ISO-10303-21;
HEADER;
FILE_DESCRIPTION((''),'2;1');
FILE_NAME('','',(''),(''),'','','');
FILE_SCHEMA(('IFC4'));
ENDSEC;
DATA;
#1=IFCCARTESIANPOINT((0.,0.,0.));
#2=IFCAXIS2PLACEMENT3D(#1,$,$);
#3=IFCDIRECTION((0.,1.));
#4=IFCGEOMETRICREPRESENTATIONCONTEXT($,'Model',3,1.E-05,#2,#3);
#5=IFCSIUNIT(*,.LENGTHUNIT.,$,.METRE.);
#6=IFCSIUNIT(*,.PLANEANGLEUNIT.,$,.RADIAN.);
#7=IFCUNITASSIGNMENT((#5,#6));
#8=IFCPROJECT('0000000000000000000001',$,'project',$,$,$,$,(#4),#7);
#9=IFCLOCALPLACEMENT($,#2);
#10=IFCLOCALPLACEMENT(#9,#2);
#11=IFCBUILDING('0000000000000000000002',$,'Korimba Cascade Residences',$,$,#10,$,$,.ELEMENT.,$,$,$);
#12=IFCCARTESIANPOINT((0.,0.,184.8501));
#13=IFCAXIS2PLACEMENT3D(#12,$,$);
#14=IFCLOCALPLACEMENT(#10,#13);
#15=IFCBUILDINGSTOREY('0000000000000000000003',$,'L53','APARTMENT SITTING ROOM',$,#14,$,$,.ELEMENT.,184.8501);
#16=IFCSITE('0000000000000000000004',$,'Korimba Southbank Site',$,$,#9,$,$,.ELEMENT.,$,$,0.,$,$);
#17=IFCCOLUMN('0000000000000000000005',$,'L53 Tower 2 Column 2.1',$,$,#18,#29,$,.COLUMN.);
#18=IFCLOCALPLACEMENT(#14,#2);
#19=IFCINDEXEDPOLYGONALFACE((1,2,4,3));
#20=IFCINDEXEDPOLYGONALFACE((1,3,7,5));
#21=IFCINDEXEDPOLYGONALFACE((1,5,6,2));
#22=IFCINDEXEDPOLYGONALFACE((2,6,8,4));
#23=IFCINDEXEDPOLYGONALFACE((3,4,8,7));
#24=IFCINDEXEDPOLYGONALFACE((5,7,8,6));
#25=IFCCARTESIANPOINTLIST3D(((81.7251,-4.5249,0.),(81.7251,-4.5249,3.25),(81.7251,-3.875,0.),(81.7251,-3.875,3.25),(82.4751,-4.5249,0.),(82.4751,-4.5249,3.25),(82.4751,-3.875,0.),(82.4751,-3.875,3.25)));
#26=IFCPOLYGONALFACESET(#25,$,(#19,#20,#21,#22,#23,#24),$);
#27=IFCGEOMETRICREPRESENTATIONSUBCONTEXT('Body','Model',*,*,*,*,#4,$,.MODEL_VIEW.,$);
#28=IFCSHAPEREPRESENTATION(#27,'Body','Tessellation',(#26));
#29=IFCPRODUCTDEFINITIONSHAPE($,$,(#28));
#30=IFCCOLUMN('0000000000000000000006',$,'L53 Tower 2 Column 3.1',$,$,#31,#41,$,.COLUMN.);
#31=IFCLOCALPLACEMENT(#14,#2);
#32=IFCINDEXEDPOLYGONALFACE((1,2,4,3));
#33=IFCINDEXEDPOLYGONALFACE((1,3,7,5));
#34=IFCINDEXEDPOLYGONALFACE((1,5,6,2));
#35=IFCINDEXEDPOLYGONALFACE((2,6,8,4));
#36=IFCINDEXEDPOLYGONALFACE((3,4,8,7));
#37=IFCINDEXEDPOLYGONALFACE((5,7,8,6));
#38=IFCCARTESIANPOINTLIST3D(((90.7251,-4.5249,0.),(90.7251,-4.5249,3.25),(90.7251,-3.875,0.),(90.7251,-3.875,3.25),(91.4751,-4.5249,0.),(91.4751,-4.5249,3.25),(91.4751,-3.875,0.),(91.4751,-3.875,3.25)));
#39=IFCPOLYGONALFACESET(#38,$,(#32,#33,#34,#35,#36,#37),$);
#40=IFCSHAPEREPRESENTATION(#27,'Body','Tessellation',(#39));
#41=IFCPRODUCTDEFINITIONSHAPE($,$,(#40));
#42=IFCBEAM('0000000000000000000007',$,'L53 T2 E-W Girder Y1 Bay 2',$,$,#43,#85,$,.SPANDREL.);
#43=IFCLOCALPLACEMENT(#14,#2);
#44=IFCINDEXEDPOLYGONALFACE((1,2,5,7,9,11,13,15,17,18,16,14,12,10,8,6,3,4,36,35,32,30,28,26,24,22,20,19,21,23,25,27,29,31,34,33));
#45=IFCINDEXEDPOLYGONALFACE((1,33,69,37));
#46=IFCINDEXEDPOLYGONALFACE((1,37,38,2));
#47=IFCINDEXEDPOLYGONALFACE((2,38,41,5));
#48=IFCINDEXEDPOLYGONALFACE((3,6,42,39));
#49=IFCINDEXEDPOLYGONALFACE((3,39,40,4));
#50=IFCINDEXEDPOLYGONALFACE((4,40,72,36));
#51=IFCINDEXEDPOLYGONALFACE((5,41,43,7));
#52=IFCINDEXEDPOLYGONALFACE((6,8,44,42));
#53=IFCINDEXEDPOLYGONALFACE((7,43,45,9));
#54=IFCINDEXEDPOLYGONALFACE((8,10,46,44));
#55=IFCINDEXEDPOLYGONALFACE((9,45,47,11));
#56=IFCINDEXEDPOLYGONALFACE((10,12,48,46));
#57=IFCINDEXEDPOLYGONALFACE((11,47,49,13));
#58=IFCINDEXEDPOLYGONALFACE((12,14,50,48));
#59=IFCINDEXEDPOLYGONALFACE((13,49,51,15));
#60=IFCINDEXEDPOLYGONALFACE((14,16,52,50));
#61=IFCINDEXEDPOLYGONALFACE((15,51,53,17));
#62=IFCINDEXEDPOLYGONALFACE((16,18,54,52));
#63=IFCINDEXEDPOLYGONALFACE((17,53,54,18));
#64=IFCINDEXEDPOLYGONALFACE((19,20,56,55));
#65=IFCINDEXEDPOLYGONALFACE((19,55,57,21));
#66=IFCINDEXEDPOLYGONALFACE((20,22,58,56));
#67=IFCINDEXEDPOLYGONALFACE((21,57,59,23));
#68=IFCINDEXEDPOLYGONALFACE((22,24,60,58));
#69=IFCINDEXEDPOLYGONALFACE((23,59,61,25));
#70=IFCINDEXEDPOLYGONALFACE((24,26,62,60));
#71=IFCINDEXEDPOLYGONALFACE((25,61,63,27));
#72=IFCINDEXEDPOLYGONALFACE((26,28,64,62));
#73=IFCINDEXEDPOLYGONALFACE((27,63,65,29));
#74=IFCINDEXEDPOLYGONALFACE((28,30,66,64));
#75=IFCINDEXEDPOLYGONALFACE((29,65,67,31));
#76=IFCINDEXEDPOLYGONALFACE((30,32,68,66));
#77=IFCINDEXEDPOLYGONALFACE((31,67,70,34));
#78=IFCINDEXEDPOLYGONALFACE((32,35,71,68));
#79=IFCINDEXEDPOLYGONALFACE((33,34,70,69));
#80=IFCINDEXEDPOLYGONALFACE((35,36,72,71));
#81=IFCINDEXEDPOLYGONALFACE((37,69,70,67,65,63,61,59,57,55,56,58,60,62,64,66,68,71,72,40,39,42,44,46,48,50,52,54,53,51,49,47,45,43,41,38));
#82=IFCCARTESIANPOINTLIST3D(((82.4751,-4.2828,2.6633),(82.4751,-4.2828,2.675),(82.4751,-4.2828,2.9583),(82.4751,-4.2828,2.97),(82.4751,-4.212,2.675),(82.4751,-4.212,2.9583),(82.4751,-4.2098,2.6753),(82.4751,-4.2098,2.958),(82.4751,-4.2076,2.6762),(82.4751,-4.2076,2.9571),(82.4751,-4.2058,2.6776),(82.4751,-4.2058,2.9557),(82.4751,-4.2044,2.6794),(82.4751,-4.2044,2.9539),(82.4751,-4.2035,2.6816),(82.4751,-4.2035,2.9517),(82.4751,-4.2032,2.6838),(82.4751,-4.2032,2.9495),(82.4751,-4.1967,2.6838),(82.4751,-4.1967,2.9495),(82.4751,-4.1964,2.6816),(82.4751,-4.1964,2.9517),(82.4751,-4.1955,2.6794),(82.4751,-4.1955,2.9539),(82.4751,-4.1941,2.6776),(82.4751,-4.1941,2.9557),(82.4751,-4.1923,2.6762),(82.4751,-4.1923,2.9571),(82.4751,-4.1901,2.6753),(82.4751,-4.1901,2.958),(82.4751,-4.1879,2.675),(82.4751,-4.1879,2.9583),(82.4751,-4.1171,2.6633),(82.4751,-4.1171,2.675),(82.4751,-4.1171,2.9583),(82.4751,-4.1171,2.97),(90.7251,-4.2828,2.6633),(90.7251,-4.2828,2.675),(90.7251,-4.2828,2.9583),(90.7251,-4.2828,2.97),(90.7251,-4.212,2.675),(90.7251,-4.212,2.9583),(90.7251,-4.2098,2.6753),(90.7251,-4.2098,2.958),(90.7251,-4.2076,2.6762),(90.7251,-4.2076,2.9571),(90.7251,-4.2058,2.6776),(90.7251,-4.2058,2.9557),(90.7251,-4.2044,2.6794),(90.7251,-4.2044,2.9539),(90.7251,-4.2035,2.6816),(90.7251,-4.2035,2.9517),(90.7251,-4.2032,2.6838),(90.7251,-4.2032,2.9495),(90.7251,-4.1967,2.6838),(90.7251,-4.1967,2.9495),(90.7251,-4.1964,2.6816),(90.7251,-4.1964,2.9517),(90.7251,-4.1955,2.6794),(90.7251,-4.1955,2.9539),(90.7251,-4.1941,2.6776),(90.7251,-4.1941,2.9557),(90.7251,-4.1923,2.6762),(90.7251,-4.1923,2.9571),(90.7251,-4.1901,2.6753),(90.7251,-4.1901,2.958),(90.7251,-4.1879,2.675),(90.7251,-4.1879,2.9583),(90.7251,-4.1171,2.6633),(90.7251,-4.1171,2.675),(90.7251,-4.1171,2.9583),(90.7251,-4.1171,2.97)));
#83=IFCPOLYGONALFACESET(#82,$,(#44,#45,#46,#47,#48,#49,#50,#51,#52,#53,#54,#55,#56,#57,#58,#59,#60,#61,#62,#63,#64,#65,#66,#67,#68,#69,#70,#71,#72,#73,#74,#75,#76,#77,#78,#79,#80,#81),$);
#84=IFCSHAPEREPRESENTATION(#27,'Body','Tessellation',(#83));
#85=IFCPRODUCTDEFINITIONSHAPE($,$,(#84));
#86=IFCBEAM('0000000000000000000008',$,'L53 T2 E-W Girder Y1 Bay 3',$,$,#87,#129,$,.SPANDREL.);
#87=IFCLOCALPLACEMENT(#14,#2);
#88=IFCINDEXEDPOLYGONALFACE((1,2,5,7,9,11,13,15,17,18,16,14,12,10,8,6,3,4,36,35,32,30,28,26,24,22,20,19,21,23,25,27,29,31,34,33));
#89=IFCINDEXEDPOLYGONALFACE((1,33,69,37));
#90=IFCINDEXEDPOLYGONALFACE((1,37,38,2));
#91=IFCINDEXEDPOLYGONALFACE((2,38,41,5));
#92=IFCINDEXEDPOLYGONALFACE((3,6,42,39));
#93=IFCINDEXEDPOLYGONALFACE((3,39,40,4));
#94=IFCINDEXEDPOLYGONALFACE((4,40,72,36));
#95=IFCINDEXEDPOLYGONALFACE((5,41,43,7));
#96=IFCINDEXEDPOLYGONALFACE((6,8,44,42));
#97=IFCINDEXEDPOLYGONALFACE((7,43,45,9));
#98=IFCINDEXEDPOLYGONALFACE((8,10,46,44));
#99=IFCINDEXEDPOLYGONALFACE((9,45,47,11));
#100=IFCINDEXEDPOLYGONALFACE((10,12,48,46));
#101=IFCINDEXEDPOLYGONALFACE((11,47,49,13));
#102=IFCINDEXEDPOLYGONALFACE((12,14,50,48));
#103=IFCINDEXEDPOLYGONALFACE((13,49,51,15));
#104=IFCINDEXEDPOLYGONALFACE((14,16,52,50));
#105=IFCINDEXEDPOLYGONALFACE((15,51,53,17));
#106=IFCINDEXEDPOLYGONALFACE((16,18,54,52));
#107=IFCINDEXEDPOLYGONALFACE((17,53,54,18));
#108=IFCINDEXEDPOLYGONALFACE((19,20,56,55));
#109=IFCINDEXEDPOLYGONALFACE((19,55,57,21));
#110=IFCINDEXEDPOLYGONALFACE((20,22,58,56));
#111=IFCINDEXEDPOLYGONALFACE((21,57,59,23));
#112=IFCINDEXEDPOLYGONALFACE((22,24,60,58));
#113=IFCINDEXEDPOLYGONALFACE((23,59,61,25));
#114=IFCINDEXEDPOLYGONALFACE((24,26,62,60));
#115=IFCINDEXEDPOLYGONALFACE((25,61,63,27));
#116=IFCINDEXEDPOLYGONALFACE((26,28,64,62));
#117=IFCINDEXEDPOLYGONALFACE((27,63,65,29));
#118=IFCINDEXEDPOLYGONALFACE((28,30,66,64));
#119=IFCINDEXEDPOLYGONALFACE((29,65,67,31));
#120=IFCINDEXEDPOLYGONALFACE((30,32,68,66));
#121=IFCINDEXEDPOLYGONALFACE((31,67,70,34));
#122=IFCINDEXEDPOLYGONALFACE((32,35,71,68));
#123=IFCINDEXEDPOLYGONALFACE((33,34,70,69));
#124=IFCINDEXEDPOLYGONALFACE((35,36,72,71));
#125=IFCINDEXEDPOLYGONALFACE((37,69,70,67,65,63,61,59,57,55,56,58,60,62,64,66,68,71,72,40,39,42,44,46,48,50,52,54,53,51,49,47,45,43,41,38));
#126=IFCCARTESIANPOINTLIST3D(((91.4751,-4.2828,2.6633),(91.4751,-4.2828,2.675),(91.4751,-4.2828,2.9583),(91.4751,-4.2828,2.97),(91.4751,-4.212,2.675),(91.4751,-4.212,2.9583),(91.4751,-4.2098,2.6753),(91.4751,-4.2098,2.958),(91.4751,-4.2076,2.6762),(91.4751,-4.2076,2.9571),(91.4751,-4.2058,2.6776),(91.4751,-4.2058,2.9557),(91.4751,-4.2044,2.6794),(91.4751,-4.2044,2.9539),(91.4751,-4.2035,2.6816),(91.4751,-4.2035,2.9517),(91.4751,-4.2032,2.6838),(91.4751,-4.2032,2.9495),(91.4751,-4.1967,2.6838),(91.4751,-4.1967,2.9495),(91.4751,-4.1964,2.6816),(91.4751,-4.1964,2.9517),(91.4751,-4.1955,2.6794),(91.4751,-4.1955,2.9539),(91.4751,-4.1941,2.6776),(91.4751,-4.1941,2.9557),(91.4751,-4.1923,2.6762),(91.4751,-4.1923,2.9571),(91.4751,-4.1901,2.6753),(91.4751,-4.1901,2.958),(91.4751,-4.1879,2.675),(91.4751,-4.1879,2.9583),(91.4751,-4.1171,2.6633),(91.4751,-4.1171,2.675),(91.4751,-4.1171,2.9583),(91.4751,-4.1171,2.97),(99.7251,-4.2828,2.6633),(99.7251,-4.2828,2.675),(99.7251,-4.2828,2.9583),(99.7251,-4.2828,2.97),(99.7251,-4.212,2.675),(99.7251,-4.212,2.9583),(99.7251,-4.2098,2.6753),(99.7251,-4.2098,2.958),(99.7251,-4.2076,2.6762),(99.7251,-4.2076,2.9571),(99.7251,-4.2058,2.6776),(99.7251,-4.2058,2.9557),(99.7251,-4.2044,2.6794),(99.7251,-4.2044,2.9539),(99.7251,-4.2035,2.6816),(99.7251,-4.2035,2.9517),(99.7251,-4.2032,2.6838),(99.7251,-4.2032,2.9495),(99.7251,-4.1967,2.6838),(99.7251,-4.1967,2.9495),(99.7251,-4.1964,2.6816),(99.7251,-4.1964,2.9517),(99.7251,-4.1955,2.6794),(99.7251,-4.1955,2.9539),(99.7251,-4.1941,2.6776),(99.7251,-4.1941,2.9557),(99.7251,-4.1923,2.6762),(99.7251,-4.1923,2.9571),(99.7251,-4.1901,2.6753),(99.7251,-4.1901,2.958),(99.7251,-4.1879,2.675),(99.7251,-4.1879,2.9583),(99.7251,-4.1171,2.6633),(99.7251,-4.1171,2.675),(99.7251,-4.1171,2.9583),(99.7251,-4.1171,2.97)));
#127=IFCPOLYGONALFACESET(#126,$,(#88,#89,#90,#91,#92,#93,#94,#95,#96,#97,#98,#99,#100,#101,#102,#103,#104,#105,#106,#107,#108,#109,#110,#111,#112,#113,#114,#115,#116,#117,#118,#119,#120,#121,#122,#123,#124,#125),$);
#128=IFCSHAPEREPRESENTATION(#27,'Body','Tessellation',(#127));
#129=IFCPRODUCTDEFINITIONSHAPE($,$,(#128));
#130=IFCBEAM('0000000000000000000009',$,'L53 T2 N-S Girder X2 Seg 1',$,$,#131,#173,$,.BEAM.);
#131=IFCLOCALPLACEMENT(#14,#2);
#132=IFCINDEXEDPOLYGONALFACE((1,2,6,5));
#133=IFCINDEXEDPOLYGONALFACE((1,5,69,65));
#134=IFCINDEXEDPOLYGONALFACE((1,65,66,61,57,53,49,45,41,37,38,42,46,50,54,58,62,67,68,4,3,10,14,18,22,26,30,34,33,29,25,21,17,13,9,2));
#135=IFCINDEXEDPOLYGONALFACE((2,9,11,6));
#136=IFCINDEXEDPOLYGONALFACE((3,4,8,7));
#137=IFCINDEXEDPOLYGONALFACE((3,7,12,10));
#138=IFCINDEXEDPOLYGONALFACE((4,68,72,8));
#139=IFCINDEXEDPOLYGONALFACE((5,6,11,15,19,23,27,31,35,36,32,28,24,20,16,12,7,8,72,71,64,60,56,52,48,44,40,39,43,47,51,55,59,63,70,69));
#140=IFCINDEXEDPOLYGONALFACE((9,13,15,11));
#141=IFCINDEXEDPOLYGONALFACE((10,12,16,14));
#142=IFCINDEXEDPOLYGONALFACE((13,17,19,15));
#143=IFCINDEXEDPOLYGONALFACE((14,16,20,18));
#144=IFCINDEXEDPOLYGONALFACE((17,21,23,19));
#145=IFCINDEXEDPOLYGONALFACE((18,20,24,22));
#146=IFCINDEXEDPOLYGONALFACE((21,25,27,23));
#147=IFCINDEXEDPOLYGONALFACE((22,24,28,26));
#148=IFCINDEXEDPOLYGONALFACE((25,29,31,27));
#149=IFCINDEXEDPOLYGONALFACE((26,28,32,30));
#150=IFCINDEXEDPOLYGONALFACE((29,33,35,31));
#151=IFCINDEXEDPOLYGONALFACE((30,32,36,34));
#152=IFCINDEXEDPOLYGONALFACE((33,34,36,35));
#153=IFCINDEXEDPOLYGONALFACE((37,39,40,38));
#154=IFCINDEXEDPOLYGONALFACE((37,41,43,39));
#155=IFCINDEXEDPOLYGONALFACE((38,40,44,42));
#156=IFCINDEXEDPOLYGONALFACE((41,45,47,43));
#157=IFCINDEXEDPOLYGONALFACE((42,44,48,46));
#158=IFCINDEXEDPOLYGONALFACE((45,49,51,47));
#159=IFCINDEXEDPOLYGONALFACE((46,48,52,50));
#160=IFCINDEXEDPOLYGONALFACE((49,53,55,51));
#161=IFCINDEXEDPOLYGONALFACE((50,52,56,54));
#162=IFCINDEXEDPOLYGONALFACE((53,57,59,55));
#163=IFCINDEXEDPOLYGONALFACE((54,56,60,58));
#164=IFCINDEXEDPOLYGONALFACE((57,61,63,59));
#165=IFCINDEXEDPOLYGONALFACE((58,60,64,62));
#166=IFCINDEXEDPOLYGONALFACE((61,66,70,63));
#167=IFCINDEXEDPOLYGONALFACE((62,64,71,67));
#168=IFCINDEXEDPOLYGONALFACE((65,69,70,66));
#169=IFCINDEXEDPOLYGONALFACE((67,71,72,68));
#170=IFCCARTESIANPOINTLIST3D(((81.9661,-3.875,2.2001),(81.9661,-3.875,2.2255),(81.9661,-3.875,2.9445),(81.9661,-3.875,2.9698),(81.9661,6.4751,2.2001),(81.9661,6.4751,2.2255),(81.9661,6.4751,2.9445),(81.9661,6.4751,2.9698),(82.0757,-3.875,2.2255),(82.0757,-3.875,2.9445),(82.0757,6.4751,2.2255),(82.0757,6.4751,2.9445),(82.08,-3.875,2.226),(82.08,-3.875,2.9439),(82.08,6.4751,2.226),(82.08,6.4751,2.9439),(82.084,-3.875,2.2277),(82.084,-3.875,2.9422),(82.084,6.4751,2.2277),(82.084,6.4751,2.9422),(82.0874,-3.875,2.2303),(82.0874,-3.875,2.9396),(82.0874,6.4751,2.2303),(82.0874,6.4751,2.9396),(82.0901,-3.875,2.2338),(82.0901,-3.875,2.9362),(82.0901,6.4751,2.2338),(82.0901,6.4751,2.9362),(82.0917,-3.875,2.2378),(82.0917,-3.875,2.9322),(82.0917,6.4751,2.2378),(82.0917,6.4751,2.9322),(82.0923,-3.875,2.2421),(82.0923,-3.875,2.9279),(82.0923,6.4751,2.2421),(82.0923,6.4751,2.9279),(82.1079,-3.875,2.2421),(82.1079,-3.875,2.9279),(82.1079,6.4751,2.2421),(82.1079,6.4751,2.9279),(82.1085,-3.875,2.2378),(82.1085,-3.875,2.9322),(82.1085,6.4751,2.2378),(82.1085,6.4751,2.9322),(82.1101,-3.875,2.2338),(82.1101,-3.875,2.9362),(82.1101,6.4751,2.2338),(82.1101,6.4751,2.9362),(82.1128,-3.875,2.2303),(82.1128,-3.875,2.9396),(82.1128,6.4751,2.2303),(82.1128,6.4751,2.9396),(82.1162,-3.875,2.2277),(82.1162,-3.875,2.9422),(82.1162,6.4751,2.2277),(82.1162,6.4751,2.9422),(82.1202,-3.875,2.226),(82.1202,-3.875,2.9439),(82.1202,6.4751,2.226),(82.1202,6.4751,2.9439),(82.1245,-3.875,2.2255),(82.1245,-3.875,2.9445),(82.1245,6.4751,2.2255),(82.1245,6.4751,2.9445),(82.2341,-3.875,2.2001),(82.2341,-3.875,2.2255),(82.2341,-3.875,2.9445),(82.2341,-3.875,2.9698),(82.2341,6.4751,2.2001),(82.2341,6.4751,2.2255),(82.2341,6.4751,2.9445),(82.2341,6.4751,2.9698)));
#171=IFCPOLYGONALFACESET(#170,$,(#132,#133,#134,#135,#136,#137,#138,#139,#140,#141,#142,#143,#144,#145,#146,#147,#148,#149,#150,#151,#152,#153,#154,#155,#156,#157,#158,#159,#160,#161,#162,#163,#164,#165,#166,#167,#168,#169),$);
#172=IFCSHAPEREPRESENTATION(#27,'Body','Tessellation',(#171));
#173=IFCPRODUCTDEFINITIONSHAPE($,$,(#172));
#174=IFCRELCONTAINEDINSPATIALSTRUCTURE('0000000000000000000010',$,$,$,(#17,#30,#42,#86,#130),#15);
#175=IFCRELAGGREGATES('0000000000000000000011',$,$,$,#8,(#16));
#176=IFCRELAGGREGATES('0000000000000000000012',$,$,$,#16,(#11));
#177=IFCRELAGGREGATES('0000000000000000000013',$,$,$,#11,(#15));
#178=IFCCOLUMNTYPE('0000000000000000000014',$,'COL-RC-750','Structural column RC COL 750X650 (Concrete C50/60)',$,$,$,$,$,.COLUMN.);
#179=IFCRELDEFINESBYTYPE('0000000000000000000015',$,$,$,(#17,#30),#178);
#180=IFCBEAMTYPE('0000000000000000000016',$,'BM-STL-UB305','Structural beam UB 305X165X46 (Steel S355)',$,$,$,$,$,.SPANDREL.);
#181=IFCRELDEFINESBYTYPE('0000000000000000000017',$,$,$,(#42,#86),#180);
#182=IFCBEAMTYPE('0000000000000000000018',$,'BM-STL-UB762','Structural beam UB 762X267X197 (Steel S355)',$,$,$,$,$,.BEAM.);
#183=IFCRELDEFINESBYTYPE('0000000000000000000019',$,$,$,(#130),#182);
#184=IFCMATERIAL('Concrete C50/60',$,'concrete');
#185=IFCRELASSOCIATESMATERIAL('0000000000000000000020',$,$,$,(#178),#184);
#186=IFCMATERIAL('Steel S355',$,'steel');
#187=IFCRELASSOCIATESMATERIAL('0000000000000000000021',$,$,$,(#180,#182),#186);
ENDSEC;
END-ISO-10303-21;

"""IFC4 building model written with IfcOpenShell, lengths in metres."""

from ifc_helpers import new_model, si_unit, direction, frame, origin, origin_2d, place, context, subcontext, project, spatial, rectangle, i_section, extrude, material, material_profile, profile_set, type_object, element, save


model = new_model("IFC4")

# Units and contexts
model_context = context("Model", 3, precision=1e-05, world=origin(), true_north=direction((0.0, 1.0)))
body_context = subcontext(model_context, "Body", "Model", "MODEL_VIEW")
ifc_project = project(units=[si_unit("LENGTHUNIT", "METRE"), si_unit("PLANEANGLEUNIT", "RADIAN")], contexts=[model_context])

# Site, building, storey
site_placement = place(None, origin())
site = spatial("IfcSite", under=ifc_project, at=site_placement, Name="Korimba Southbank Site", CompositionType="ELEMENT", RefElevation=0.0)
building_placement = place(site_placement, origin())
building = spatial("IfcBuilding", under=site, at=building_placement, Name="Korimba Cascade Residences", CompositionType="ELEMENT")
storey_placement = place(building_placement, frame((0.0, 0.0, 184.8501)))
storey = spatial("IfcBuildingStorey", under=building, at=storey_placement, Name="L53", Description="APARTMENT SITTING ROOM", CompositionType="ELEMENT", Elevation=184.8501)

# Columns
ifc_material_1 = material(Name="Concrete C50/60", Category="concrete")
ifc_material_profile_1 = material_profile(ifc_material_1, rectangle(XDim=0.75, YDim=0.6499, at=origin_2d()), Name="Concrete C50/60")
ifc_profile_set_1 = profile_set([ifc_material_profile_1], Name="Concrete C50/60")
column_type = type_object("IfcColumnType", Name="COL-RC-750", Description="Structural column RC COL 750X650 (Concrete C50/60)", PredefinedType="COLUMN", material=ifc_profile_set_1)
for number, where, z_axis, x_axis, name in (
    (1, (82.1001, -4.2, 0.0), (0.0, 0.0, 1.0), (1.0, 0.0, 0.0), "L53 Tower 2 Column 2.1"),
    (2, (91.1001, -4.2, 0.0), (0.0, 0.0, 1.0), (1.0, 0.0, 0.0), "L53 Tower 2 Column 3.1"),
):
    element("IfcColumn", number, at=place(storey_placement, frame(where, z_axis=z_axis, x_axis=x_axis)), inside=storey, type_object=column_type, Name=name, PredefinedType="COLUMN", context=body_context, shape_type="SweptSolid", body=[
        extrude(rectangle(XDim=0.75, YDim=0.6499, at=origin_2d()), origin(), (0.0, 0.0, 1.0), 3.25),
    ])

# Beams
ifc_material_2 = material(Name="Steel S355", Category="steel")
ifc_material_profile_2 = material_profile(ifc_material_2, i_section(OverallWidth=0.1658, OverallDepth=0.3066, WebThickness=0.0066, FlangeThickness=0.0117, FilletRadius=0.0088, at=origin_2d()), Name="Steel S355")
ifc_profile_set_2 = profile_set([ifc_material_profile_2], Name="Steel S355")
beam_type_1 = type_object("IfcBeamType", Name="BM-STL-UB305", Description="Structural beam UB 305X165X46 (Steel S355)", PredefinedType="SPANDREL", material=ifc_profile_set_2)
for number, where, z_axis, x_axis, name in (
    (3, (82.4751, -4.2, 2.8167), (1.0, 0.0, 0.0), (0.0, 1.0, 0.0), "L53 T2 E-W Girder Y1 Bay 2"),
    (4, (91.4751, -4.2, 2.8167), (1.0, 0.0, 0.0), (0.0, 1.0, 0.0), "L53 T2 E-W Girder Y1 Bay 3"),
):
    element("IfcBeam", number, at=place(storey_placement, frame(where, z_axis=z_axis, x_axis=x_axis)), inside=storey, type_object=beam_type_1, Name=name, PredefinedType="SPANDREL", context=body_context, shape_type="SweptSolid", body=[
        extrude(i_section(OverallWidth=0.1658, OverallDepth=0.3066, WebThickness=0.0066, FlangeThickness=0.0117, FilletRadius=0.0088, at=origin_2d()), origin(), (0.0, 0.0, 1.0), 8.25),
    ])
ifc_material_profile_3 = material_profile(ifc_material_2, i_section(OverallWidth=0.2681, OverallDepth=0.7698, WebThickness=0.0156, FlangeThickness=0.0254, FilletRadius=0.0166, at=origin_2d()), Name="Steel S355")
ifc_profile_set_3 = profile_set([ifc_material_profile_3], Name="Steel S355")
beam_type_2 = type_object("IfcBeamType", Name="BM-STL-UB762", Description="Structural beam UB 762X267X197 (Steel S355)", PredefinedType="BEAM", material=ifc_profile_set_3)
for number, where, z_axis, x_axis, name in (
    (5, (82.1001, -3.875, 2.585), (0.0, 1.0, 0.0), (-1.0, 0.0, 0.0), "L53 T2 N-S Girder X2 Seg 1"),
):
    element("IfcBeam", number, at=place(storey_placement, frame(where, z_axis=z_axis, x_axis=x_axis)), inside=storey, type_object=beam_type_2, Name=name, PredefinedType="BEAM", context=body_context, shape_type="SweptSolid", body=[
        extrude(i_section(OverallWidth=0.2681, OverallDepth=0.7698, WebThickness=0.0156, FlangeThickness=0.0254, FilletRadius=0.0166, at=origin_2d()), origin(), (0.0, 0.0, 1.0), 10.3501),
    ])

save(model, "model.ifc")
